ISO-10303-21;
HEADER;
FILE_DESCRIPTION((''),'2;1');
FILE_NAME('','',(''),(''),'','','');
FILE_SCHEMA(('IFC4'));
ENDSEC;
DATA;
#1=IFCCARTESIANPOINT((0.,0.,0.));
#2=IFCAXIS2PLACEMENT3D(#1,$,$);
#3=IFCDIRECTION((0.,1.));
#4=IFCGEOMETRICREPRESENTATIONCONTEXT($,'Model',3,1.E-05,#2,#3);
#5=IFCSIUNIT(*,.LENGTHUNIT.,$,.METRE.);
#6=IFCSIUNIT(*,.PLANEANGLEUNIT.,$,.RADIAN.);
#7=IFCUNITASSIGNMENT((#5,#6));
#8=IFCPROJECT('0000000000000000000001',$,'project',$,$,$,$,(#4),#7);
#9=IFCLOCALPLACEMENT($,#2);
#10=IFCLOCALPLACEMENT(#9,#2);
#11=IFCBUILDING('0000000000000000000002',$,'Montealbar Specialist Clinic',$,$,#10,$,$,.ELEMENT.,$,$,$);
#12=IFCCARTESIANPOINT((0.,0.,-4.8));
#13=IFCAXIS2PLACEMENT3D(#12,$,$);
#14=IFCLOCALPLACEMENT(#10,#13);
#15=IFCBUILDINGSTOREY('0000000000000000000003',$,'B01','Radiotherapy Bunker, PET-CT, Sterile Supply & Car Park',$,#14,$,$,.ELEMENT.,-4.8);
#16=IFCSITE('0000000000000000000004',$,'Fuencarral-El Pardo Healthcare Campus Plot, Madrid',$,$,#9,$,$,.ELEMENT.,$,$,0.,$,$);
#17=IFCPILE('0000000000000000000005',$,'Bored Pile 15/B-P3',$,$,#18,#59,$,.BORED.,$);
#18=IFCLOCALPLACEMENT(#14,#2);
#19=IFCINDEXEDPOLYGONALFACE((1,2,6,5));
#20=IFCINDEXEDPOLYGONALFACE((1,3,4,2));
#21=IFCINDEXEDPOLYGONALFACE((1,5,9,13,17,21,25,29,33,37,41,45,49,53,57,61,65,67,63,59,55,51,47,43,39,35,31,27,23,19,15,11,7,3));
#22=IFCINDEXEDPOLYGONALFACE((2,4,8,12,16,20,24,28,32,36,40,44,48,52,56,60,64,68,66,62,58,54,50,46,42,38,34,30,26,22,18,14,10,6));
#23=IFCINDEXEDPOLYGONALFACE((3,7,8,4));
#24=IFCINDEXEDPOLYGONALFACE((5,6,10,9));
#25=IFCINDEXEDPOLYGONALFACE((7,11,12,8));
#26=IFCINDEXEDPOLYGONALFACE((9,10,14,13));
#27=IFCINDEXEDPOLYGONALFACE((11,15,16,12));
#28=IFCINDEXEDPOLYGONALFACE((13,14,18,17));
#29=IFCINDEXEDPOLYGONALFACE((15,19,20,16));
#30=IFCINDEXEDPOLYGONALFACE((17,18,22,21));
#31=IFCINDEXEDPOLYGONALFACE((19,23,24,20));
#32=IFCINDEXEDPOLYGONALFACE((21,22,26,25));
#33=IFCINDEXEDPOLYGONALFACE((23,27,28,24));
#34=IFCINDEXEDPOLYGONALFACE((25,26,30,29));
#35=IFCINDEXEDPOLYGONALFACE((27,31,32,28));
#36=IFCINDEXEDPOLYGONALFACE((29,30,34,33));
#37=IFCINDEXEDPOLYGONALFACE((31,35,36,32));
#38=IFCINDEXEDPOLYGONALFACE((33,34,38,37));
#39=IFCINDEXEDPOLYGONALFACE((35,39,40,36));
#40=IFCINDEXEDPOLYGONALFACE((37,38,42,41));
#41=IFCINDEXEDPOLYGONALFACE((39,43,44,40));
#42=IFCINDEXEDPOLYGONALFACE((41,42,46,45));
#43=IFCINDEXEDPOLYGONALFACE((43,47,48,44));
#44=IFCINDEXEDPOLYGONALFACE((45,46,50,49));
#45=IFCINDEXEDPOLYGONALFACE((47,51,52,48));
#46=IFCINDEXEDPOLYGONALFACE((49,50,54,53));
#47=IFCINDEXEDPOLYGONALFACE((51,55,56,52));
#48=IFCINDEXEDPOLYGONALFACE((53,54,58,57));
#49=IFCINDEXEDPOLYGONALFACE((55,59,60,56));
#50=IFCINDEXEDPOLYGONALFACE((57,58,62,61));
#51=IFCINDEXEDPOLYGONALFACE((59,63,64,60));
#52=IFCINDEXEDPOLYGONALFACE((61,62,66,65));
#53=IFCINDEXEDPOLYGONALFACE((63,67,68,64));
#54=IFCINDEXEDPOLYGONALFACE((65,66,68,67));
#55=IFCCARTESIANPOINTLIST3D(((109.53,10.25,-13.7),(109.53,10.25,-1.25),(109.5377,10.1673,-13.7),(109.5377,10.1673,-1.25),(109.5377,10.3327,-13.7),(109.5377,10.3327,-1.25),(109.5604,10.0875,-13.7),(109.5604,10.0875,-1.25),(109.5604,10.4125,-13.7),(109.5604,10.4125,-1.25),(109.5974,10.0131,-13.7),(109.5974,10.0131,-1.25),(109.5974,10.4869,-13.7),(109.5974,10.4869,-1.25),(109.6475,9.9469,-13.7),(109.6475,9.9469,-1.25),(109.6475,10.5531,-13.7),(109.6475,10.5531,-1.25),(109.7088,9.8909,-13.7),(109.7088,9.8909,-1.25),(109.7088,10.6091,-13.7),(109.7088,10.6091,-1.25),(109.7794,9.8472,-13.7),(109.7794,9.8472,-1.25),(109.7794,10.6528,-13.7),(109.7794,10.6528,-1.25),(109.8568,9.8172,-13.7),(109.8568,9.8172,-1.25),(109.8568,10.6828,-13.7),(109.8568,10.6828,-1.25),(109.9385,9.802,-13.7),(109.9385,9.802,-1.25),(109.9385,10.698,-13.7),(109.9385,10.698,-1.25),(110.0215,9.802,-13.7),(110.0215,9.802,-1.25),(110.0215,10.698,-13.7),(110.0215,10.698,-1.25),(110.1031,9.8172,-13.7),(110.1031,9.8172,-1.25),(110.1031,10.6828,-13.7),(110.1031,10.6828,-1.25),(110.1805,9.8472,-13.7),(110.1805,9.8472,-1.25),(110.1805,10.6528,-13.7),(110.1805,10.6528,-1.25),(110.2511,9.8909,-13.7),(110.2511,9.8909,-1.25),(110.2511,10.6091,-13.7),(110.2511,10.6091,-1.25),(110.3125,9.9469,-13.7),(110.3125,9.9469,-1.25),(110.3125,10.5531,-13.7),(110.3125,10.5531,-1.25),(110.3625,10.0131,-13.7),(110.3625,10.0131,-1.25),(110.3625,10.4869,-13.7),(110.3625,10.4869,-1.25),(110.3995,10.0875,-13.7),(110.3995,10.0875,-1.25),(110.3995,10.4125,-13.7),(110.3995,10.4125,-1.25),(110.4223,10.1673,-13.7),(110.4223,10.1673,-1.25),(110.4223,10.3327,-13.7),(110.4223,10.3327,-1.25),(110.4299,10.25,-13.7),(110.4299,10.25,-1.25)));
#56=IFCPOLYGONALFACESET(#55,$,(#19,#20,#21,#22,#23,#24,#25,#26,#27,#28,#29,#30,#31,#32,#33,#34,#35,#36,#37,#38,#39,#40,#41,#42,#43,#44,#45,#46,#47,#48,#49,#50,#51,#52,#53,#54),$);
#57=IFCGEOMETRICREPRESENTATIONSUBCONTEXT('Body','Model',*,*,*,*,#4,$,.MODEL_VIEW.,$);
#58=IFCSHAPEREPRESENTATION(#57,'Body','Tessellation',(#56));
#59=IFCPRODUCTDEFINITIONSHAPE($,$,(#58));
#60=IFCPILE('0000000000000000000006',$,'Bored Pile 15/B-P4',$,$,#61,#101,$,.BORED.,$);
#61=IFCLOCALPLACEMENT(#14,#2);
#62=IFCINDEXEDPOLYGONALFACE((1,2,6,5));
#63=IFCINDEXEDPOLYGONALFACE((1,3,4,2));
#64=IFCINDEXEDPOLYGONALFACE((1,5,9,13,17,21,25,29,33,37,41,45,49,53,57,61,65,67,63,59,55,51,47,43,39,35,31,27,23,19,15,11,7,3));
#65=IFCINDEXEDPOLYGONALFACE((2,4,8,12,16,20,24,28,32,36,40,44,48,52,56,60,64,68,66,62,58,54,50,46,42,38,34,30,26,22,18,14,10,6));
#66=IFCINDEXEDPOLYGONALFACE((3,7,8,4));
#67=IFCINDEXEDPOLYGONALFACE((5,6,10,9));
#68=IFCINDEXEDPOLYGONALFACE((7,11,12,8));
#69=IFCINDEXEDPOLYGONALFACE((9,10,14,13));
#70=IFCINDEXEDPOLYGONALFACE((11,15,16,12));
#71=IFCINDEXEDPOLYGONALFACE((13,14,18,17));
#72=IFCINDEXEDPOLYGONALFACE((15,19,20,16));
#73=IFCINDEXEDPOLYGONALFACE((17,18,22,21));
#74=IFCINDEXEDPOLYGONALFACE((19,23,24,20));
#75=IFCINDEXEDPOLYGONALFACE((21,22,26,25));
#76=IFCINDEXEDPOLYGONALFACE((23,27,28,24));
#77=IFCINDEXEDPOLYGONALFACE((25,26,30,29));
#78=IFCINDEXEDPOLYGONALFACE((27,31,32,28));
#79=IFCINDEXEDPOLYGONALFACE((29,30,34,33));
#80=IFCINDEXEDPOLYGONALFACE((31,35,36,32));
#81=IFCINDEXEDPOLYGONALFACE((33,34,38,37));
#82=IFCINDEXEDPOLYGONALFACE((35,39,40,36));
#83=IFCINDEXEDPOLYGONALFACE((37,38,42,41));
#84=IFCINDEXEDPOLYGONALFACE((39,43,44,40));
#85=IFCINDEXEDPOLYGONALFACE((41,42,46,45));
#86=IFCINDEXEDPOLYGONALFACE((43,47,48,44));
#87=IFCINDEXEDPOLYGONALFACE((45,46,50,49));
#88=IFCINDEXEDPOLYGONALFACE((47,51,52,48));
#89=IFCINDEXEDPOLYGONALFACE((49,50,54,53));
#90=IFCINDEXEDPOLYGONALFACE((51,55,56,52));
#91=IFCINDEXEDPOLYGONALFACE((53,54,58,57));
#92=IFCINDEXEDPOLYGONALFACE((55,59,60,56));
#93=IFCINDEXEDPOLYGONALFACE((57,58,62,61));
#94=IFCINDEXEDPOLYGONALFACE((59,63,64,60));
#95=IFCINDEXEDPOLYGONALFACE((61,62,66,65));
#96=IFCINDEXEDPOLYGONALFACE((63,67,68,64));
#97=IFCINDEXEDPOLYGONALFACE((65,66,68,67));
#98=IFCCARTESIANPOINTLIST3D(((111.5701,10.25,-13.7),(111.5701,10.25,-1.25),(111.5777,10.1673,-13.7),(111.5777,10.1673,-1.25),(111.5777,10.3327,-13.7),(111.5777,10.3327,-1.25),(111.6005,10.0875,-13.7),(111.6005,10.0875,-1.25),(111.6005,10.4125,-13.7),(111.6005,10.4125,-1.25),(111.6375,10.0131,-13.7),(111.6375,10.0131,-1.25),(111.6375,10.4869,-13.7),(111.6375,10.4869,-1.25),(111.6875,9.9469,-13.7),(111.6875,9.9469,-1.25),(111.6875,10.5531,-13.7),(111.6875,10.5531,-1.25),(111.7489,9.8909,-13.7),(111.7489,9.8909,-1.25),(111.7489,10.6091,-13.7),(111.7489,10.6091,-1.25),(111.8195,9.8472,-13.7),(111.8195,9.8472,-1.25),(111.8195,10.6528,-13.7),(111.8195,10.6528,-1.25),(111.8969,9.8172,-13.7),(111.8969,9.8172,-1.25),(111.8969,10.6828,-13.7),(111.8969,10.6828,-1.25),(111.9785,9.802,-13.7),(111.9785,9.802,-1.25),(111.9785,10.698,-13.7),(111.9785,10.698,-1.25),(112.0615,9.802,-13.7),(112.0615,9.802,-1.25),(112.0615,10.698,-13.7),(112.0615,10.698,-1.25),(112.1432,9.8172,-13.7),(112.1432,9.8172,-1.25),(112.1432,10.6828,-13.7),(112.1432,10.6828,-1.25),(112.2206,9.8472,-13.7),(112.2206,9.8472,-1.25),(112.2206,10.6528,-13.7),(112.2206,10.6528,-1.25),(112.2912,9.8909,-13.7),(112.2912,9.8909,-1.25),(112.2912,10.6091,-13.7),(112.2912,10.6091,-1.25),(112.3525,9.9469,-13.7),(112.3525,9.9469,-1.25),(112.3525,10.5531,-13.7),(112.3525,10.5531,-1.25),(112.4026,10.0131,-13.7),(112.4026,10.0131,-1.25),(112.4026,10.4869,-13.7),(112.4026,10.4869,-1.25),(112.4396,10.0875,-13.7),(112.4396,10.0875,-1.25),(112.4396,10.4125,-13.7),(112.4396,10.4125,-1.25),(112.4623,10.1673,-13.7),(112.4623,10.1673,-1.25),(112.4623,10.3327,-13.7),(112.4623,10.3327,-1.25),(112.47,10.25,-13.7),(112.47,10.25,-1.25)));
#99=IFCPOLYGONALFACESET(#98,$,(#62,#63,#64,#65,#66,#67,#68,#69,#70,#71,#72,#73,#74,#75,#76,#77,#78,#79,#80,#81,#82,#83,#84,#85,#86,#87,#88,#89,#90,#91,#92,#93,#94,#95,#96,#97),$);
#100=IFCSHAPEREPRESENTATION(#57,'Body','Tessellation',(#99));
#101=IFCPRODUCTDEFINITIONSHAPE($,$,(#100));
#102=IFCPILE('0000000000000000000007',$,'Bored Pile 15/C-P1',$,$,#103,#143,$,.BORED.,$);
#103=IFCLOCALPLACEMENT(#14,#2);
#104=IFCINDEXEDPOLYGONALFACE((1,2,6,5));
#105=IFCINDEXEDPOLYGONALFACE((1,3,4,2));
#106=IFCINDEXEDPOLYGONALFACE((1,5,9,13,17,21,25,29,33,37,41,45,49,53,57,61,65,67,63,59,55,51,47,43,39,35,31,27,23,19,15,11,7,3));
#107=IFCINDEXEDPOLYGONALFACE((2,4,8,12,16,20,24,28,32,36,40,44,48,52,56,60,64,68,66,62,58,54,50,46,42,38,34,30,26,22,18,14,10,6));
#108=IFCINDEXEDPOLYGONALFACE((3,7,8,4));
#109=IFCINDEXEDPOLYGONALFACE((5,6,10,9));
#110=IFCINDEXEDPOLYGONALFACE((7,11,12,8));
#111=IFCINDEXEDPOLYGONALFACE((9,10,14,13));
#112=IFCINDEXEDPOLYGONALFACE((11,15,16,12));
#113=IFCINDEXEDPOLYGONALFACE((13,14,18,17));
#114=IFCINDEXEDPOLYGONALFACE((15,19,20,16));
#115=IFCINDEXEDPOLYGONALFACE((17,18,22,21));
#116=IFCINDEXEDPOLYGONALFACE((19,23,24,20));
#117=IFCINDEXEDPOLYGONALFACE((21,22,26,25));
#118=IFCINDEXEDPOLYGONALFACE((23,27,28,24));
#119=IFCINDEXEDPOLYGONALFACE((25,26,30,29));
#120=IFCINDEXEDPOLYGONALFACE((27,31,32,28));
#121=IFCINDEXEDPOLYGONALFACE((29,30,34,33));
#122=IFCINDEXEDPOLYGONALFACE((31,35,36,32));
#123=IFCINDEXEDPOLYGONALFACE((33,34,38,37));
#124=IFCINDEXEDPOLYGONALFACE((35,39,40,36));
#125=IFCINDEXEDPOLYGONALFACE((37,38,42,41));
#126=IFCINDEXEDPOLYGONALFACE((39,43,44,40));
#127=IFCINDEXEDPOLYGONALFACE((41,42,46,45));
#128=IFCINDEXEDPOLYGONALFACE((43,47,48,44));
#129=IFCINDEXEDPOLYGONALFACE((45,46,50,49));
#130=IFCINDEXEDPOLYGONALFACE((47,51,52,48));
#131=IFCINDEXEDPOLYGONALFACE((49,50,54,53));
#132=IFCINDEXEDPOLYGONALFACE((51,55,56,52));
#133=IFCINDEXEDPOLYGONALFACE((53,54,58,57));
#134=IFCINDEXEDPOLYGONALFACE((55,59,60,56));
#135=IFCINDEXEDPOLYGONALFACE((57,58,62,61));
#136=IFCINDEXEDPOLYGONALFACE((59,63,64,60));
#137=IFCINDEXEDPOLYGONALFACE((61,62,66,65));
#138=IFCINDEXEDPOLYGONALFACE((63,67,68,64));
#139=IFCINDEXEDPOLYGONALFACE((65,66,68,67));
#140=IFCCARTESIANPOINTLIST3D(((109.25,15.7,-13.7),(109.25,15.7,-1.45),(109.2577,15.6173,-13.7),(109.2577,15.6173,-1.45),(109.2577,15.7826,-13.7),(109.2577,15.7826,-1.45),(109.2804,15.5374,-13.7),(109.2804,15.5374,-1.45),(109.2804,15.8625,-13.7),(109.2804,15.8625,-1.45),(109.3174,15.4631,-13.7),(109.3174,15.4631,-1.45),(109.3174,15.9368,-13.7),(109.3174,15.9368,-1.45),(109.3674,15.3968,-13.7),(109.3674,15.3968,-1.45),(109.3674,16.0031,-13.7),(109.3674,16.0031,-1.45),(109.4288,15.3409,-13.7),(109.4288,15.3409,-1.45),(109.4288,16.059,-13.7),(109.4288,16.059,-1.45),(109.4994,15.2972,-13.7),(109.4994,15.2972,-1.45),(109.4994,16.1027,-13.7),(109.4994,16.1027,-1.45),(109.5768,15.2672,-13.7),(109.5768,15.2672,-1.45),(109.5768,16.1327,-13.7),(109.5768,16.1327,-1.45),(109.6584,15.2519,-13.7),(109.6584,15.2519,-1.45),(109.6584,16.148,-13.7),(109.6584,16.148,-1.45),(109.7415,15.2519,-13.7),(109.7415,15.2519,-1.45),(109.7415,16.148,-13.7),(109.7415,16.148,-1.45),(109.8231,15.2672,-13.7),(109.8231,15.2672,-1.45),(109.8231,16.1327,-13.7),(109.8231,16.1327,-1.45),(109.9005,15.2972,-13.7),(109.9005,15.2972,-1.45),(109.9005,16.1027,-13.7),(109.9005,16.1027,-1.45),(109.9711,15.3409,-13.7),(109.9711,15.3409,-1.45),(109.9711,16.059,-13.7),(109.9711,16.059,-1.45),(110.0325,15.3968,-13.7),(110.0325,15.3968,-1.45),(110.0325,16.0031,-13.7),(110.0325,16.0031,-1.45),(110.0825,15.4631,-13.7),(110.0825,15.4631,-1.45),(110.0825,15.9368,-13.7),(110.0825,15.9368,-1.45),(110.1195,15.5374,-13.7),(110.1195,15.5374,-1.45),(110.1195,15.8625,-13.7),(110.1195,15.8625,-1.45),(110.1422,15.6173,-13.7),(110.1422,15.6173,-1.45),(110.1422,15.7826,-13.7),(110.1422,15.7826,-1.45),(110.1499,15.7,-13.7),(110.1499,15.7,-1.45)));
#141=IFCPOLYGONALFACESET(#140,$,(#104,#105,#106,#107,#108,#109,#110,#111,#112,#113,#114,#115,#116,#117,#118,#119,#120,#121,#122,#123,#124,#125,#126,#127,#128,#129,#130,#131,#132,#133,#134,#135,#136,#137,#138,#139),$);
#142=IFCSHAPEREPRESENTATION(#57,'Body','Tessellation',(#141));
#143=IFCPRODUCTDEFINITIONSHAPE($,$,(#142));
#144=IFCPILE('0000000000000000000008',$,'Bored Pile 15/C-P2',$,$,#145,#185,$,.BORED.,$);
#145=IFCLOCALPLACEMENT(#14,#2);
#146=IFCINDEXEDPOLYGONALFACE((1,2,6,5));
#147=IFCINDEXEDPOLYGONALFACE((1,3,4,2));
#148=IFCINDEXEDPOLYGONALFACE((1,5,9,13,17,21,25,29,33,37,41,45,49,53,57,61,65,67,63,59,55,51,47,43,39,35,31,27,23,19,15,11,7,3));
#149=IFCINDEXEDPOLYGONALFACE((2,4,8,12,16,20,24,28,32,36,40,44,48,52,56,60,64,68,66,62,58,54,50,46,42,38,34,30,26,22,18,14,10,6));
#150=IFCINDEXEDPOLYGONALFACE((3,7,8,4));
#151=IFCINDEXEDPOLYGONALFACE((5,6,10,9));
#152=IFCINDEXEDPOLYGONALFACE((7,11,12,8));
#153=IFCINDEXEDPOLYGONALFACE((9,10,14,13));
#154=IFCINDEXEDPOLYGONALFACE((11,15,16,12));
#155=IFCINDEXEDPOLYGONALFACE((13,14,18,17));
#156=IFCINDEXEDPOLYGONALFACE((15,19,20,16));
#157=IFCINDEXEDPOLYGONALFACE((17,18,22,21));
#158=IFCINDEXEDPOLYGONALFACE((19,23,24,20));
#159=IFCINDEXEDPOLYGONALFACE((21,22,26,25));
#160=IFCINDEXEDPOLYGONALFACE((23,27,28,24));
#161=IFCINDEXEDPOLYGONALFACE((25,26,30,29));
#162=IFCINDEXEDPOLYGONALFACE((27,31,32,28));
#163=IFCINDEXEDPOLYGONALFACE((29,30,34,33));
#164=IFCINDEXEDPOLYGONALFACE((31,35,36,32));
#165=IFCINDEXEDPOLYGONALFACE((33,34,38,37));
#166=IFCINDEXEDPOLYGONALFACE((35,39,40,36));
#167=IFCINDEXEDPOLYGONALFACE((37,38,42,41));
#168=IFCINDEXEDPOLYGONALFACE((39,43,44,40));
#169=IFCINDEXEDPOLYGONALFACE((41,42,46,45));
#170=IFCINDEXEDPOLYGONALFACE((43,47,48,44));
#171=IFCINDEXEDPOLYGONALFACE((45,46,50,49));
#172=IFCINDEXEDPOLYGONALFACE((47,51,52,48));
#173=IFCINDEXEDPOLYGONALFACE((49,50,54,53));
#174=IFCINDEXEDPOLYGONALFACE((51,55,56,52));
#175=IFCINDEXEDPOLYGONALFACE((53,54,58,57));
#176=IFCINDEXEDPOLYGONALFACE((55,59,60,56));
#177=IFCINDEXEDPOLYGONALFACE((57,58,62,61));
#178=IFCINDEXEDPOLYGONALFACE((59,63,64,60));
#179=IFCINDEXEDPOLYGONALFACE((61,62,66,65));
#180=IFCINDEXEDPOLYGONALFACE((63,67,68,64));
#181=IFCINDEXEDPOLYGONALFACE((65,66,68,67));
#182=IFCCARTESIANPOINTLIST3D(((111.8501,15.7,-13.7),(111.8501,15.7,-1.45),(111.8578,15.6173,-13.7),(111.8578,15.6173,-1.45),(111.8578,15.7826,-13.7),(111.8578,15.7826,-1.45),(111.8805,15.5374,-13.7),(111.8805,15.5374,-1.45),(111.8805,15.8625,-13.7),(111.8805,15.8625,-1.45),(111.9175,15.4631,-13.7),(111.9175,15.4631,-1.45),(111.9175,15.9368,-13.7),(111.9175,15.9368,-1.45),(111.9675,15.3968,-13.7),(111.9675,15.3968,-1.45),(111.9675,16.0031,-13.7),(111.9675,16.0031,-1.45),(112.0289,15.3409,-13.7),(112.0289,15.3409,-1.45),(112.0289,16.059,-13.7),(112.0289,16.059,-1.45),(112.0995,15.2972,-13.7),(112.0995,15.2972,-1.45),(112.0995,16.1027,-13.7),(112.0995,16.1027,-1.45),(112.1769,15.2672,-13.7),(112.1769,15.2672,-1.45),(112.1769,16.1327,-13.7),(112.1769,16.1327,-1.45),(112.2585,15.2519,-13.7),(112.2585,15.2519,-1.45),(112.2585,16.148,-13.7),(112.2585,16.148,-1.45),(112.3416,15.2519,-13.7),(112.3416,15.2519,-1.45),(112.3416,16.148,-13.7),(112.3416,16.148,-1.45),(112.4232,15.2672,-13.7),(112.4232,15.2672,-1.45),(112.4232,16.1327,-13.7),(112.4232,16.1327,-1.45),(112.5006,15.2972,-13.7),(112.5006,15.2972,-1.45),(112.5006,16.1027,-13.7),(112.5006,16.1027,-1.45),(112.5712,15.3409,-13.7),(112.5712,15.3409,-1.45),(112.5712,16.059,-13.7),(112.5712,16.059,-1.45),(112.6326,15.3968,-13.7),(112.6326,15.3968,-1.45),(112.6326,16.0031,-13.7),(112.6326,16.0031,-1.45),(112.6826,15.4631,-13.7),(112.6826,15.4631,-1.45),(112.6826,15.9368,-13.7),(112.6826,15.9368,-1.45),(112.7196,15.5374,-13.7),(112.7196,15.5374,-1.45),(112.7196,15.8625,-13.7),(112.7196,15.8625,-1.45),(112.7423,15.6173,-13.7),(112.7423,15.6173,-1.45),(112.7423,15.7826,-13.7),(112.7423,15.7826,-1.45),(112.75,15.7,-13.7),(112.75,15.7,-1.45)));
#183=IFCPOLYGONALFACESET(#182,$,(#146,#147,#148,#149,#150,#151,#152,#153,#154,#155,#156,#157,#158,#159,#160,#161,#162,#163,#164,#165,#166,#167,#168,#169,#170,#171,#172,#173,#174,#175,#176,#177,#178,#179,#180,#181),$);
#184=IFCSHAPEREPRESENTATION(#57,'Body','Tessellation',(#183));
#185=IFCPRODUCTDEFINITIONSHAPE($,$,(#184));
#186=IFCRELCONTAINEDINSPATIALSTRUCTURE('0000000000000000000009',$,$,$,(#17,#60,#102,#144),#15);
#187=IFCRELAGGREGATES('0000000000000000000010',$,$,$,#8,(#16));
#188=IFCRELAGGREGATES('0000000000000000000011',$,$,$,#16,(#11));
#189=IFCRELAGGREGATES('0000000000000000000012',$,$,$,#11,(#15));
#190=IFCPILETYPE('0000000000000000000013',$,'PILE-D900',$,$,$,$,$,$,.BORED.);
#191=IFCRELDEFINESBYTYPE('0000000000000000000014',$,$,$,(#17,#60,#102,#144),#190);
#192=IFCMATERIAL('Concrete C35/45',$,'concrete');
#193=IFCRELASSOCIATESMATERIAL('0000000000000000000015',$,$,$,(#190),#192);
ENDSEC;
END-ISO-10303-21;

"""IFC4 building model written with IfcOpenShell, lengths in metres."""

from ifc_helpers import new_model, si_unit, direction, frame, origin, origin_2d, place, context, subcontext, project, spatial, circle, extrude, material, material_profile, profile_set, type_object, element, save


model = new_model("IFC4")

# Units and contexts
model_context = context("Model", 3, precision=1e-05, world=origin(), true_north=direction((0.0, 1.0)))
body_context = subcontext(model_context, "Body", "Model", "MODEL_VIEW")
ifc_project = project(units=[si_unit("LENGTHUNIT", "METRE"), si_unit("PLANEANGLEUNIT", "RADIAN")], contexts=[model_context])

# Site, building, storey
site_placement = place(None, origin())
site = spatial("IfcSite", under=ifc_project, at=site_placement, Name="Fuencarral-El Pardo Healthcare Campus Plot, Madrid", CompositionType="ELEMENT", RefElevation=0.0)
building_placement = place(site_placement, origin())
building = spatial("IfcBuilding", under=site, at=building_placement, Name="Montealbar Specialist Clinic", CompositionType="ELEMENT")
storey_placement = place(building_placement, frame((0.0, 0.0, -4.8)))
storey = spatial("IfcBuildingStorey", under=building, at=storey_placement, Name="B01", Description="Radiotherapy Bunker, PET-CT, Sterile Supply & Car Park", CompositionType="ELEMENT", Elevation=-4.8)

# Shared definitions
ifc_material_1 = material(Name="Concrete C35/45", Category="concrete")

# Piles
ifc_material_profile_1 = material_profile(ifc_material_1, circle(Radius=0.45, at=origin_2d()), Name="PILE D900", Category="concrete")
ifc_profile_set_1 = profile_set([ifc_material_profile_1], Name="Concrete C35/45")
pile_type_1 = type_object("IfcPileType", Name="PILE-D900", PredefinedType="BORED", material=ifc_profile_set_1)
for number, where, z_axis, x_axis, name in (
    (1, (109.98, 10.25, -1.25), (0.0, 0.0, -1.0), (1.0, 0.0, 0.0), "Bored Pile 15/B-P3"),
    (2, (112.02, 10.25, -1.25), (0.0, 0.0, -1.0), (1.0, 0.0, 0.0), "Bored Pile 15/B-P4"),
):
    element("IfcPile", number, at=place(storey_placement, frame(where, z_axis=z_axis, x_axis=x_axis)), inside=storey, type_object=pile_type_1, Name=name, PredefinedType="BORED", context=body_context, shape_type="SweptSolid", body=[
        extrude(circle(Radius=0.45, at=origin_2d()), origin(), (0.0, 0.0, 1.0), 12.45),
    ])
for number, where, z_axis, x_axis, name in (
    (3, (109.7, 15.7, -1.45), (0.0, 0.0, -1.0), (1.0, 0.0, 0.0), "Bored Pile 15/C-P1"),
    (4, (112.3, 15.7, -1.45), (0.0, 0.0, -1.0), (1.0, 0.0, 0.0), "Bored Pile 15/C-P2"),
):
    element("IfcPile", number, at=place(storey_placement, frame(where, z_axis=z_axis, x_axis=x_axis)), inside=storey, type_object=pile_type_1, Name=name, PredefinedType="BORED", context=body_context, shape_type="SweptSolid", body=[
        extrude(circle(Radius=0.45, at=origin_2d()), origin(), (0.0, 0.0, 1.0), 12.25),
    ])

save(model, "model.ifc")
